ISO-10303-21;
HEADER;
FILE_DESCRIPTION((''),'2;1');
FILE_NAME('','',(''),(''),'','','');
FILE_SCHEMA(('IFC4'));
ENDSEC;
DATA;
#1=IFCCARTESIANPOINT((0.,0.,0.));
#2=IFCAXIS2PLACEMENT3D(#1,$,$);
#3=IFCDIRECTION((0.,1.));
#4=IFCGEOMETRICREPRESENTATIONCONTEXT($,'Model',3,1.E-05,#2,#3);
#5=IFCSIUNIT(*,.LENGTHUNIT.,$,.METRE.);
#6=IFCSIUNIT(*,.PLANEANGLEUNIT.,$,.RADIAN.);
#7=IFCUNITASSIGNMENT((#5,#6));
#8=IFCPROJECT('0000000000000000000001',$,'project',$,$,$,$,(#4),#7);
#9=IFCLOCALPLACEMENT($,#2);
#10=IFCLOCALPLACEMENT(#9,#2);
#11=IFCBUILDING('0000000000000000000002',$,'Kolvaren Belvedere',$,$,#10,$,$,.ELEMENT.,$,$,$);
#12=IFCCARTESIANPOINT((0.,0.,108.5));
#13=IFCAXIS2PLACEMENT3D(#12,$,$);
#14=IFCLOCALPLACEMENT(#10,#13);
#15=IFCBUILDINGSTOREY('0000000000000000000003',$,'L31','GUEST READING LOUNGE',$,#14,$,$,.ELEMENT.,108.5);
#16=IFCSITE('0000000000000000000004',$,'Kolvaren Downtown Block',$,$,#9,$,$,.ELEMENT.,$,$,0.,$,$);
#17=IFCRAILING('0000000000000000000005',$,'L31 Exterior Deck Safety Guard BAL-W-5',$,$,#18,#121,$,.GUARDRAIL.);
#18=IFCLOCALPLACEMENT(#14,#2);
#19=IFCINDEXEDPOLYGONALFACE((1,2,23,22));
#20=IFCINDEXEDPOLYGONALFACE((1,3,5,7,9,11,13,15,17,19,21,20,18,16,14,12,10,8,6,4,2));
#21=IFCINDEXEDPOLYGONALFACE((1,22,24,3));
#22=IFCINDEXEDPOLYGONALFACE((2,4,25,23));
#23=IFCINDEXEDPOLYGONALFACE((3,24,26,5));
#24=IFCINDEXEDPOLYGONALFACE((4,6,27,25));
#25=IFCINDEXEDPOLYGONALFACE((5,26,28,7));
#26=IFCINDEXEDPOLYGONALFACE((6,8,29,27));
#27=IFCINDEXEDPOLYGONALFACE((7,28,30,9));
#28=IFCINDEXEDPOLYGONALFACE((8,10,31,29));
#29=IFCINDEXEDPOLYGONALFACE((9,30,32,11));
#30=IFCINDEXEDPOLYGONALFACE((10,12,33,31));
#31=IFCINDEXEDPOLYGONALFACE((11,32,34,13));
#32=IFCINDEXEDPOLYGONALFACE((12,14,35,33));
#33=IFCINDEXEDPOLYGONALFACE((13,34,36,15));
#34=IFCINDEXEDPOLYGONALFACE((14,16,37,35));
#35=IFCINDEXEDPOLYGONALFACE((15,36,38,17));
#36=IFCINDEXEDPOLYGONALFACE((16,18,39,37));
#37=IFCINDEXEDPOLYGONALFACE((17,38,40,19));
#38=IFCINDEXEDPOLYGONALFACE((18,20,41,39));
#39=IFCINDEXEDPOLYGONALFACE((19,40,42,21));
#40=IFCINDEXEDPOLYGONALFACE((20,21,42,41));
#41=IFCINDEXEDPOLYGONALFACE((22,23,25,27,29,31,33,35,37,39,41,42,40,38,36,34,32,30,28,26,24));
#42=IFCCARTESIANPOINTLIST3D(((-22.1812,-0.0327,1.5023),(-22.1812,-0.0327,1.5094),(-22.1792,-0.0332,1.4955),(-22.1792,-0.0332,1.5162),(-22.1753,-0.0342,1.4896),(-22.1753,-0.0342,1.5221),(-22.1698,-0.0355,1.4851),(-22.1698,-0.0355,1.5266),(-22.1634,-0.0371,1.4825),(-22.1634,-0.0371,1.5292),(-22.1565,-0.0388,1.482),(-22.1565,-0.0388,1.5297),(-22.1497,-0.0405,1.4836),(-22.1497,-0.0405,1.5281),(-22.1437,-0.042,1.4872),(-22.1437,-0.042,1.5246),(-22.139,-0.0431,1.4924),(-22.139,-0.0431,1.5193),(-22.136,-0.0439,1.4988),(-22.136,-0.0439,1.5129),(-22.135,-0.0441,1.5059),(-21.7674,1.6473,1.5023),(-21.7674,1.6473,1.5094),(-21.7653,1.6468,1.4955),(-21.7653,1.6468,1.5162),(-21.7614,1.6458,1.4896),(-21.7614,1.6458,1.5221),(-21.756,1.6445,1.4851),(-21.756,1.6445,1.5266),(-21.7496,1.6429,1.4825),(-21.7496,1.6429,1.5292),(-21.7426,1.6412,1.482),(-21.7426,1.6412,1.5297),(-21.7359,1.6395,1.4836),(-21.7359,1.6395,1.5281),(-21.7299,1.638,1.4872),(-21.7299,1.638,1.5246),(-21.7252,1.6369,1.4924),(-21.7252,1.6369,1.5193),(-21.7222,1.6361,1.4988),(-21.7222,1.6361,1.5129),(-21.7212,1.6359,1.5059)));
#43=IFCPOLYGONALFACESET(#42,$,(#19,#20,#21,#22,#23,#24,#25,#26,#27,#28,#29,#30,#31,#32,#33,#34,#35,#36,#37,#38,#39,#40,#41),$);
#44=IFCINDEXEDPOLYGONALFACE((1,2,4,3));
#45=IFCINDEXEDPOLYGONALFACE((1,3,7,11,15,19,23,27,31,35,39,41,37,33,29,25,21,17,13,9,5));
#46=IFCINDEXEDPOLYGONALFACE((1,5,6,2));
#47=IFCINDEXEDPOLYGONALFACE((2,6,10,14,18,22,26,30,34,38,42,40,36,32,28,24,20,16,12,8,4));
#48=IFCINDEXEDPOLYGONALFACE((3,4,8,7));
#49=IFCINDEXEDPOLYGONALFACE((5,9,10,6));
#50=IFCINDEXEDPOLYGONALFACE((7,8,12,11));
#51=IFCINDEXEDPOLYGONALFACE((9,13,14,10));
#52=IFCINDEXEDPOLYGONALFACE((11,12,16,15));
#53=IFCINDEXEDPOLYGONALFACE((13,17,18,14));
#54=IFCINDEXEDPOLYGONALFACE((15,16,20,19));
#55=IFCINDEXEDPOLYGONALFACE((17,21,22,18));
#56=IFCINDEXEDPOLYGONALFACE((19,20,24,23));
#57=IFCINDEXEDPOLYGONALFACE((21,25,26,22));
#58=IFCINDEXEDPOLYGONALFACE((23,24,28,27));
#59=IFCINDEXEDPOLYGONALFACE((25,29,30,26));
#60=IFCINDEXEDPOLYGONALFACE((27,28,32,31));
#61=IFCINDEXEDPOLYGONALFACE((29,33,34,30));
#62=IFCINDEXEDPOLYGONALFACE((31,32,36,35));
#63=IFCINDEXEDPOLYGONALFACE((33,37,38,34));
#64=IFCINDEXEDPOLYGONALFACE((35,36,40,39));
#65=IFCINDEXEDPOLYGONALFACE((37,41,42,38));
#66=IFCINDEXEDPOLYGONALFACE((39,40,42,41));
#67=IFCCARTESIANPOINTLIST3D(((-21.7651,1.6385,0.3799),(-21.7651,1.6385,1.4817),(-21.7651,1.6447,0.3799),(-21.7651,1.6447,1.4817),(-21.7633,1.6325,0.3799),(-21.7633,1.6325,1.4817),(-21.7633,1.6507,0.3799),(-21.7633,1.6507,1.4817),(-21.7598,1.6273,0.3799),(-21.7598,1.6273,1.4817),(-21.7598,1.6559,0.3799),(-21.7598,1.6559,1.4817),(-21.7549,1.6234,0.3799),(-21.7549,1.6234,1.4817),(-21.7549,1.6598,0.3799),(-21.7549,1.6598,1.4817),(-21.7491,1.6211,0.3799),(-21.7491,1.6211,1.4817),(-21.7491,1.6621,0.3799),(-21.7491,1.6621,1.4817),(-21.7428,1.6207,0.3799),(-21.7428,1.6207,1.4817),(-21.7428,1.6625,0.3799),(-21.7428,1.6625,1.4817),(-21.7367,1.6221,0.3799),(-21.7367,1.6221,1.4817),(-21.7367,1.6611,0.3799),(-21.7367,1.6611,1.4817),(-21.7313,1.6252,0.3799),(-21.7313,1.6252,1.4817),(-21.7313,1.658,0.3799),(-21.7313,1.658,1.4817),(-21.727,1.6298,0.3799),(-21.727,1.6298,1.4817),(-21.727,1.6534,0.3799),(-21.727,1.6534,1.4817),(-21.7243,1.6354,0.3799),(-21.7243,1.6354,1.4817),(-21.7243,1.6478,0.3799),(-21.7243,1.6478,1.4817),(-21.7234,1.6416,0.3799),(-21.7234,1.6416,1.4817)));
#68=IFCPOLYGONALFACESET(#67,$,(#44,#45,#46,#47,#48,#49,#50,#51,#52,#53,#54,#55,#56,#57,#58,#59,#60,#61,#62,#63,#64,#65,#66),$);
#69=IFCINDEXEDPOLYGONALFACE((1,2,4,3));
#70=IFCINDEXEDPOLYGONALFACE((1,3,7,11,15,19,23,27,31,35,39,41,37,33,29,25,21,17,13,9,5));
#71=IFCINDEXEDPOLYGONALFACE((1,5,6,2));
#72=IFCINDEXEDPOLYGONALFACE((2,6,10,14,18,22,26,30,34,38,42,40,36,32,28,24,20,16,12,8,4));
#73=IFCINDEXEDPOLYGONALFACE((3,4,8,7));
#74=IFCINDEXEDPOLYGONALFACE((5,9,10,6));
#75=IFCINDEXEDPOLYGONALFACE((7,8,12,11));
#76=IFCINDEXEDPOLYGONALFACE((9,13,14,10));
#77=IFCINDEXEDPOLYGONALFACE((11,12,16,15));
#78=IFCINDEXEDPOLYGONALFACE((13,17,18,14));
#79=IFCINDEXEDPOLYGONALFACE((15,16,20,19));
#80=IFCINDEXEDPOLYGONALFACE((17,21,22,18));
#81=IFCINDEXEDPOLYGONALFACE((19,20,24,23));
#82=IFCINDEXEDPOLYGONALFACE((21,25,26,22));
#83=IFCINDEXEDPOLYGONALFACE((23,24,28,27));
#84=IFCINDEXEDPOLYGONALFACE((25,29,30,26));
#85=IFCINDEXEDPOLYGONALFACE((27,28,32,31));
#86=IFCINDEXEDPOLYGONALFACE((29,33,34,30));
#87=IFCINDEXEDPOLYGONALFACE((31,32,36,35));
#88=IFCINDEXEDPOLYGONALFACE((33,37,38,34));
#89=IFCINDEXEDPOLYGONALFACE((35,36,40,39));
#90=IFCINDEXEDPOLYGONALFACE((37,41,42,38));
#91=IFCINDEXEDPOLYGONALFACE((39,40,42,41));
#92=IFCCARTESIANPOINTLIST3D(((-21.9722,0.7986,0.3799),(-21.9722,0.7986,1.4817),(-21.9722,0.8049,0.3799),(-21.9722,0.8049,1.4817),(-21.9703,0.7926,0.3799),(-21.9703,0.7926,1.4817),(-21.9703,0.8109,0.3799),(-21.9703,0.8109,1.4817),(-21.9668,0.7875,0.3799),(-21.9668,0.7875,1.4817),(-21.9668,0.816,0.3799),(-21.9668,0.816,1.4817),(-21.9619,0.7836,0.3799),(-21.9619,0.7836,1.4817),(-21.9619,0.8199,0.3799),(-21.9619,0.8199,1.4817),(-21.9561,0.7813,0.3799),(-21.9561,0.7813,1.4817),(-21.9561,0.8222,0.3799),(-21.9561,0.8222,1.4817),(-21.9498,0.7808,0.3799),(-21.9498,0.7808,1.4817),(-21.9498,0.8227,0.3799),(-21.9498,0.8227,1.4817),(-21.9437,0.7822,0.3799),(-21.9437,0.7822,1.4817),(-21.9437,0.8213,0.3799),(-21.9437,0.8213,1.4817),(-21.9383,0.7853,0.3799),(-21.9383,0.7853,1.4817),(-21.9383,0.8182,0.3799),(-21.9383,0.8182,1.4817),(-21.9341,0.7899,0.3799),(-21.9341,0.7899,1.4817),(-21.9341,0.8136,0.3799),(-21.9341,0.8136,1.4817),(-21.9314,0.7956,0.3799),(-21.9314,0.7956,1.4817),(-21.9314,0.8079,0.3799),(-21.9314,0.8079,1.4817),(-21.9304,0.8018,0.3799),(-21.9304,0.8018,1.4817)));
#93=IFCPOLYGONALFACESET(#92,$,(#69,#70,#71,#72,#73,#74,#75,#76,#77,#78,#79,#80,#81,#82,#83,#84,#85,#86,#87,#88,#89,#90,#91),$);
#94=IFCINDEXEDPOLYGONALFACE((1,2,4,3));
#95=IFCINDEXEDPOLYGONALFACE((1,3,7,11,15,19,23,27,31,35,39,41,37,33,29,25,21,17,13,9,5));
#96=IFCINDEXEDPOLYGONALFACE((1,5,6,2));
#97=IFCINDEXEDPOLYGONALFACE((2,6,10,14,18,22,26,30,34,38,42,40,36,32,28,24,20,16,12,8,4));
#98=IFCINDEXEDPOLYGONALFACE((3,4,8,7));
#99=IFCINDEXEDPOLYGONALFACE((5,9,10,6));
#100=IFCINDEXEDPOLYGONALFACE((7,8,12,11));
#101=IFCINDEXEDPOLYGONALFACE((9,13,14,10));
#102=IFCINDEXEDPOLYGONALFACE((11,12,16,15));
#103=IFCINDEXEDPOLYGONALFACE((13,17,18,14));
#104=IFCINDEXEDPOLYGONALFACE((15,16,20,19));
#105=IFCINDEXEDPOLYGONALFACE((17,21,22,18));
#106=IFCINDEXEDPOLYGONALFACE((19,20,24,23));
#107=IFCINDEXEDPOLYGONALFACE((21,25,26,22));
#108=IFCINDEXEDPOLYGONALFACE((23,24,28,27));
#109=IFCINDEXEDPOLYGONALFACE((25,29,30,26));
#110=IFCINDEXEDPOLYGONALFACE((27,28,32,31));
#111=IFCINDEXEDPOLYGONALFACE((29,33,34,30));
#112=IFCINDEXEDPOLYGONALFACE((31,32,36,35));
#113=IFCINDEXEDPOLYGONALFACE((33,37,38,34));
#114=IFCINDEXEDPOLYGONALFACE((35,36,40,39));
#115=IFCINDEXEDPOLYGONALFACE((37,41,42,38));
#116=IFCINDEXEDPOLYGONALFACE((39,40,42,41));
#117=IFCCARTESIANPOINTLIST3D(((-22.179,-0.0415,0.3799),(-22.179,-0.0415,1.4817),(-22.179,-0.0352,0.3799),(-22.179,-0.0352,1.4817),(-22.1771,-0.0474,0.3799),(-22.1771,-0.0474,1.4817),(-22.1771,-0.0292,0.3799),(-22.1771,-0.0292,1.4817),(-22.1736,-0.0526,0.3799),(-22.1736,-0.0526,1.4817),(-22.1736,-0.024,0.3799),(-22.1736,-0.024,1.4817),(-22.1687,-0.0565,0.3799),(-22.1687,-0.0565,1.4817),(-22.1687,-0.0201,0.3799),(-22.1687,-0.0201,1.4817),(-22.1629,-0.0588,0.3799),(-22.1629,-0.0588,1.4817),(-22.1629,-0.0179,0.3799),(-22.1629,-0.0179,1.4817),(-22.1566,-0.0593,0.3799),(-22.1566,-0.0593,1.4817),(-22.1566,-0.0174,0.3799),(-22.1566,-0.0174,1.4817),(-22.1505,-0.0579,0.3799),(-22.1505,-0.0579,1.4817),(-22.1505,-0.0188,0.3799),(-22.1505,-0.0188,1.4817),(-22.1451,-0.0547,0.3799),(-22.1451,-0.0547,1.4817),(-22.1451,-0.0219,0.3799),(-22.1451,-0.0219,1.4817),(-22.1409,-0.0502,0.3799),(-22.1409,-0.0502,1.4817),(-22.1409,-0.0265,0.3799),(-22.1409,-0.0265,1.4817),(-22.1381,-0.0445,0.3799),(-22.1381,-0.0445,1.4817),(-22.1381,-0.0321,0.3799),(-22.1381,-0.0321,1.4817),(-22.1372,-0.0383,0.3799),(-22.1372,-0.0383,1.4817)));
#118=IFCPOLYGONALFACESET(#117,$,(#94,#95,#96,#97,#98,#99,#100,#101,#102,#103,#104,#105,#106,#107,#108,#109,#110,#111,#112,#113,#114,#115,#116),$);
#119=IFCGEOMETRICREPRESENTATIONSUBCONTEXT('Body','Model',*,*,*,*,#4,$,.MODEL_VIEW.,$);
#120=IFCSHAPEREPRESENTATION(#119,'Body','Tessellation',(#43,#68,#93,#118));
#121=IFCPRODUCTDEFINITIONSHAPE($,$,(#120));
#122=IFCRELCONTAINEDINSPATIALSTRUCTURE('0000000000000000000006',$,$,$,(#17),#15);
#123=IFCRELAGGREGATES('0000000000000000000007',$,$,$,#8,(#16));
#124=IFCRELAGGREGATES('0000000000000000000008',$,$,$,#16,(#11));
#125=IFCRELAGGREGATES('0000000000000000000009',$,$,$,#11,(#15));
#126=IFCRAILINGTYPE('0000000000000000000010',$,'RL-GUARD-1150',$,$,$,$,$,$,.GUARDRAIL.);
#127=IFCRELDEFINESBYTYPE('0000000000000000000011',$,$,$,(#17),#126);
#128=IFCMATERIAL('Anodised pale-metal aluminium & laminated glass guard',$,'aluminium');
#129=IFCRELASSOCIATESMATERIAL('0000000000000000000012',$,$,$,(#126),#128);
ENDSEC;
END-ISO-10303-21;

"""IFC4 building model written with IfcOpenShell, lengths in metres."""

from ifc_helpers import new_model, si_unit, direction, frame, origin, origin_2d, place, context, subcontext, project, spatial, circle, extrude, material, type_object, element, save


model = new_model("IFC4")

# Units and contexts
model_context = context("Model", 3, precision=1e-05, world=origin(), true_north=direction((0.0, 1.0)))
body_context = subcontext(model_context, "Body", "Model", "MODEL_VIEW")
ifc_project = project(units=[si_unit("LENGTHUNIT", "METRE"), si_unit("PLANEANGLEUNIT", "RADIAN")], contexts=[model_context])

# Site, building, storey
site_placement = place(None, origin())
site = spatial("IfcSite", under=ifc_project, at=site_placement, Name="Kolvaren Downtown Block", CompositionType="ELEMENT", RefElevation=0.0)
building_placement = place(site_placement, origin())
building = spatial("IfcBuilding", under=site, at=building_placement, Name="Kolvaren Belvedere", CompositionType="ELEMENT")
storey_placement = place(building_placement, frame((0.0, 0.0, 108.5)))
storey = spatial("IfcBuildingStorey", under=building, at=storey_placement, Name="L31", Description="GUEST READING LOUNGE", CompositionType="ELEMENT", Elevation=108.5)

# Railing
ifc_material_1 = material(Name="Anodised pale-metal aluminium & laminated glass guard", Category="aluminium")
railing_type = type_object("IfcRailingType", Name="RL-GUARD-1150", PredefinedType="GUARDRAIL", material=ifc_material_1)
railing_1_placement = place(storey_placement, frame((-21.7444, 1.6416, 0.3799)))
element("IfcRailing", 1, at=railing_1_placement, inside=storey, type_object=railing_type, Name="L31 Exterior Deck Safety Guard BAL-W-5", PredefinedType="GUARDRAIL", context=body_context, shape_type="SweptSolid", body=[
    extrude(circle(Radius=0.0239, at=origin_2d()), frame((0.0, 0.0, 1.126), z_axis=(-0.239181, -0.970975, 0.0), x_axis=(0.970975, -0.239181, 0.0)), (0.0, 0.0, 1.0), 1.7302),
    extrude(circle(Radius=0.021, at=origin_2d()), origin(), (0.0, 0.0, 1.0), 1.1018),
    extrude(circle(Radius=0.021, at=origin_2d()), frame((-0.207, -0.8398, 0.0)), (0.0, 0.0, 1.0), 1.1018),
    extrude(circle(Radius=0.021, at=origin_2d()), frame((-0.4138, -1.6799, 0.0)), (0.0, 0.0, 1.0), 1.1018),
])

save(model, "model.ifc")
